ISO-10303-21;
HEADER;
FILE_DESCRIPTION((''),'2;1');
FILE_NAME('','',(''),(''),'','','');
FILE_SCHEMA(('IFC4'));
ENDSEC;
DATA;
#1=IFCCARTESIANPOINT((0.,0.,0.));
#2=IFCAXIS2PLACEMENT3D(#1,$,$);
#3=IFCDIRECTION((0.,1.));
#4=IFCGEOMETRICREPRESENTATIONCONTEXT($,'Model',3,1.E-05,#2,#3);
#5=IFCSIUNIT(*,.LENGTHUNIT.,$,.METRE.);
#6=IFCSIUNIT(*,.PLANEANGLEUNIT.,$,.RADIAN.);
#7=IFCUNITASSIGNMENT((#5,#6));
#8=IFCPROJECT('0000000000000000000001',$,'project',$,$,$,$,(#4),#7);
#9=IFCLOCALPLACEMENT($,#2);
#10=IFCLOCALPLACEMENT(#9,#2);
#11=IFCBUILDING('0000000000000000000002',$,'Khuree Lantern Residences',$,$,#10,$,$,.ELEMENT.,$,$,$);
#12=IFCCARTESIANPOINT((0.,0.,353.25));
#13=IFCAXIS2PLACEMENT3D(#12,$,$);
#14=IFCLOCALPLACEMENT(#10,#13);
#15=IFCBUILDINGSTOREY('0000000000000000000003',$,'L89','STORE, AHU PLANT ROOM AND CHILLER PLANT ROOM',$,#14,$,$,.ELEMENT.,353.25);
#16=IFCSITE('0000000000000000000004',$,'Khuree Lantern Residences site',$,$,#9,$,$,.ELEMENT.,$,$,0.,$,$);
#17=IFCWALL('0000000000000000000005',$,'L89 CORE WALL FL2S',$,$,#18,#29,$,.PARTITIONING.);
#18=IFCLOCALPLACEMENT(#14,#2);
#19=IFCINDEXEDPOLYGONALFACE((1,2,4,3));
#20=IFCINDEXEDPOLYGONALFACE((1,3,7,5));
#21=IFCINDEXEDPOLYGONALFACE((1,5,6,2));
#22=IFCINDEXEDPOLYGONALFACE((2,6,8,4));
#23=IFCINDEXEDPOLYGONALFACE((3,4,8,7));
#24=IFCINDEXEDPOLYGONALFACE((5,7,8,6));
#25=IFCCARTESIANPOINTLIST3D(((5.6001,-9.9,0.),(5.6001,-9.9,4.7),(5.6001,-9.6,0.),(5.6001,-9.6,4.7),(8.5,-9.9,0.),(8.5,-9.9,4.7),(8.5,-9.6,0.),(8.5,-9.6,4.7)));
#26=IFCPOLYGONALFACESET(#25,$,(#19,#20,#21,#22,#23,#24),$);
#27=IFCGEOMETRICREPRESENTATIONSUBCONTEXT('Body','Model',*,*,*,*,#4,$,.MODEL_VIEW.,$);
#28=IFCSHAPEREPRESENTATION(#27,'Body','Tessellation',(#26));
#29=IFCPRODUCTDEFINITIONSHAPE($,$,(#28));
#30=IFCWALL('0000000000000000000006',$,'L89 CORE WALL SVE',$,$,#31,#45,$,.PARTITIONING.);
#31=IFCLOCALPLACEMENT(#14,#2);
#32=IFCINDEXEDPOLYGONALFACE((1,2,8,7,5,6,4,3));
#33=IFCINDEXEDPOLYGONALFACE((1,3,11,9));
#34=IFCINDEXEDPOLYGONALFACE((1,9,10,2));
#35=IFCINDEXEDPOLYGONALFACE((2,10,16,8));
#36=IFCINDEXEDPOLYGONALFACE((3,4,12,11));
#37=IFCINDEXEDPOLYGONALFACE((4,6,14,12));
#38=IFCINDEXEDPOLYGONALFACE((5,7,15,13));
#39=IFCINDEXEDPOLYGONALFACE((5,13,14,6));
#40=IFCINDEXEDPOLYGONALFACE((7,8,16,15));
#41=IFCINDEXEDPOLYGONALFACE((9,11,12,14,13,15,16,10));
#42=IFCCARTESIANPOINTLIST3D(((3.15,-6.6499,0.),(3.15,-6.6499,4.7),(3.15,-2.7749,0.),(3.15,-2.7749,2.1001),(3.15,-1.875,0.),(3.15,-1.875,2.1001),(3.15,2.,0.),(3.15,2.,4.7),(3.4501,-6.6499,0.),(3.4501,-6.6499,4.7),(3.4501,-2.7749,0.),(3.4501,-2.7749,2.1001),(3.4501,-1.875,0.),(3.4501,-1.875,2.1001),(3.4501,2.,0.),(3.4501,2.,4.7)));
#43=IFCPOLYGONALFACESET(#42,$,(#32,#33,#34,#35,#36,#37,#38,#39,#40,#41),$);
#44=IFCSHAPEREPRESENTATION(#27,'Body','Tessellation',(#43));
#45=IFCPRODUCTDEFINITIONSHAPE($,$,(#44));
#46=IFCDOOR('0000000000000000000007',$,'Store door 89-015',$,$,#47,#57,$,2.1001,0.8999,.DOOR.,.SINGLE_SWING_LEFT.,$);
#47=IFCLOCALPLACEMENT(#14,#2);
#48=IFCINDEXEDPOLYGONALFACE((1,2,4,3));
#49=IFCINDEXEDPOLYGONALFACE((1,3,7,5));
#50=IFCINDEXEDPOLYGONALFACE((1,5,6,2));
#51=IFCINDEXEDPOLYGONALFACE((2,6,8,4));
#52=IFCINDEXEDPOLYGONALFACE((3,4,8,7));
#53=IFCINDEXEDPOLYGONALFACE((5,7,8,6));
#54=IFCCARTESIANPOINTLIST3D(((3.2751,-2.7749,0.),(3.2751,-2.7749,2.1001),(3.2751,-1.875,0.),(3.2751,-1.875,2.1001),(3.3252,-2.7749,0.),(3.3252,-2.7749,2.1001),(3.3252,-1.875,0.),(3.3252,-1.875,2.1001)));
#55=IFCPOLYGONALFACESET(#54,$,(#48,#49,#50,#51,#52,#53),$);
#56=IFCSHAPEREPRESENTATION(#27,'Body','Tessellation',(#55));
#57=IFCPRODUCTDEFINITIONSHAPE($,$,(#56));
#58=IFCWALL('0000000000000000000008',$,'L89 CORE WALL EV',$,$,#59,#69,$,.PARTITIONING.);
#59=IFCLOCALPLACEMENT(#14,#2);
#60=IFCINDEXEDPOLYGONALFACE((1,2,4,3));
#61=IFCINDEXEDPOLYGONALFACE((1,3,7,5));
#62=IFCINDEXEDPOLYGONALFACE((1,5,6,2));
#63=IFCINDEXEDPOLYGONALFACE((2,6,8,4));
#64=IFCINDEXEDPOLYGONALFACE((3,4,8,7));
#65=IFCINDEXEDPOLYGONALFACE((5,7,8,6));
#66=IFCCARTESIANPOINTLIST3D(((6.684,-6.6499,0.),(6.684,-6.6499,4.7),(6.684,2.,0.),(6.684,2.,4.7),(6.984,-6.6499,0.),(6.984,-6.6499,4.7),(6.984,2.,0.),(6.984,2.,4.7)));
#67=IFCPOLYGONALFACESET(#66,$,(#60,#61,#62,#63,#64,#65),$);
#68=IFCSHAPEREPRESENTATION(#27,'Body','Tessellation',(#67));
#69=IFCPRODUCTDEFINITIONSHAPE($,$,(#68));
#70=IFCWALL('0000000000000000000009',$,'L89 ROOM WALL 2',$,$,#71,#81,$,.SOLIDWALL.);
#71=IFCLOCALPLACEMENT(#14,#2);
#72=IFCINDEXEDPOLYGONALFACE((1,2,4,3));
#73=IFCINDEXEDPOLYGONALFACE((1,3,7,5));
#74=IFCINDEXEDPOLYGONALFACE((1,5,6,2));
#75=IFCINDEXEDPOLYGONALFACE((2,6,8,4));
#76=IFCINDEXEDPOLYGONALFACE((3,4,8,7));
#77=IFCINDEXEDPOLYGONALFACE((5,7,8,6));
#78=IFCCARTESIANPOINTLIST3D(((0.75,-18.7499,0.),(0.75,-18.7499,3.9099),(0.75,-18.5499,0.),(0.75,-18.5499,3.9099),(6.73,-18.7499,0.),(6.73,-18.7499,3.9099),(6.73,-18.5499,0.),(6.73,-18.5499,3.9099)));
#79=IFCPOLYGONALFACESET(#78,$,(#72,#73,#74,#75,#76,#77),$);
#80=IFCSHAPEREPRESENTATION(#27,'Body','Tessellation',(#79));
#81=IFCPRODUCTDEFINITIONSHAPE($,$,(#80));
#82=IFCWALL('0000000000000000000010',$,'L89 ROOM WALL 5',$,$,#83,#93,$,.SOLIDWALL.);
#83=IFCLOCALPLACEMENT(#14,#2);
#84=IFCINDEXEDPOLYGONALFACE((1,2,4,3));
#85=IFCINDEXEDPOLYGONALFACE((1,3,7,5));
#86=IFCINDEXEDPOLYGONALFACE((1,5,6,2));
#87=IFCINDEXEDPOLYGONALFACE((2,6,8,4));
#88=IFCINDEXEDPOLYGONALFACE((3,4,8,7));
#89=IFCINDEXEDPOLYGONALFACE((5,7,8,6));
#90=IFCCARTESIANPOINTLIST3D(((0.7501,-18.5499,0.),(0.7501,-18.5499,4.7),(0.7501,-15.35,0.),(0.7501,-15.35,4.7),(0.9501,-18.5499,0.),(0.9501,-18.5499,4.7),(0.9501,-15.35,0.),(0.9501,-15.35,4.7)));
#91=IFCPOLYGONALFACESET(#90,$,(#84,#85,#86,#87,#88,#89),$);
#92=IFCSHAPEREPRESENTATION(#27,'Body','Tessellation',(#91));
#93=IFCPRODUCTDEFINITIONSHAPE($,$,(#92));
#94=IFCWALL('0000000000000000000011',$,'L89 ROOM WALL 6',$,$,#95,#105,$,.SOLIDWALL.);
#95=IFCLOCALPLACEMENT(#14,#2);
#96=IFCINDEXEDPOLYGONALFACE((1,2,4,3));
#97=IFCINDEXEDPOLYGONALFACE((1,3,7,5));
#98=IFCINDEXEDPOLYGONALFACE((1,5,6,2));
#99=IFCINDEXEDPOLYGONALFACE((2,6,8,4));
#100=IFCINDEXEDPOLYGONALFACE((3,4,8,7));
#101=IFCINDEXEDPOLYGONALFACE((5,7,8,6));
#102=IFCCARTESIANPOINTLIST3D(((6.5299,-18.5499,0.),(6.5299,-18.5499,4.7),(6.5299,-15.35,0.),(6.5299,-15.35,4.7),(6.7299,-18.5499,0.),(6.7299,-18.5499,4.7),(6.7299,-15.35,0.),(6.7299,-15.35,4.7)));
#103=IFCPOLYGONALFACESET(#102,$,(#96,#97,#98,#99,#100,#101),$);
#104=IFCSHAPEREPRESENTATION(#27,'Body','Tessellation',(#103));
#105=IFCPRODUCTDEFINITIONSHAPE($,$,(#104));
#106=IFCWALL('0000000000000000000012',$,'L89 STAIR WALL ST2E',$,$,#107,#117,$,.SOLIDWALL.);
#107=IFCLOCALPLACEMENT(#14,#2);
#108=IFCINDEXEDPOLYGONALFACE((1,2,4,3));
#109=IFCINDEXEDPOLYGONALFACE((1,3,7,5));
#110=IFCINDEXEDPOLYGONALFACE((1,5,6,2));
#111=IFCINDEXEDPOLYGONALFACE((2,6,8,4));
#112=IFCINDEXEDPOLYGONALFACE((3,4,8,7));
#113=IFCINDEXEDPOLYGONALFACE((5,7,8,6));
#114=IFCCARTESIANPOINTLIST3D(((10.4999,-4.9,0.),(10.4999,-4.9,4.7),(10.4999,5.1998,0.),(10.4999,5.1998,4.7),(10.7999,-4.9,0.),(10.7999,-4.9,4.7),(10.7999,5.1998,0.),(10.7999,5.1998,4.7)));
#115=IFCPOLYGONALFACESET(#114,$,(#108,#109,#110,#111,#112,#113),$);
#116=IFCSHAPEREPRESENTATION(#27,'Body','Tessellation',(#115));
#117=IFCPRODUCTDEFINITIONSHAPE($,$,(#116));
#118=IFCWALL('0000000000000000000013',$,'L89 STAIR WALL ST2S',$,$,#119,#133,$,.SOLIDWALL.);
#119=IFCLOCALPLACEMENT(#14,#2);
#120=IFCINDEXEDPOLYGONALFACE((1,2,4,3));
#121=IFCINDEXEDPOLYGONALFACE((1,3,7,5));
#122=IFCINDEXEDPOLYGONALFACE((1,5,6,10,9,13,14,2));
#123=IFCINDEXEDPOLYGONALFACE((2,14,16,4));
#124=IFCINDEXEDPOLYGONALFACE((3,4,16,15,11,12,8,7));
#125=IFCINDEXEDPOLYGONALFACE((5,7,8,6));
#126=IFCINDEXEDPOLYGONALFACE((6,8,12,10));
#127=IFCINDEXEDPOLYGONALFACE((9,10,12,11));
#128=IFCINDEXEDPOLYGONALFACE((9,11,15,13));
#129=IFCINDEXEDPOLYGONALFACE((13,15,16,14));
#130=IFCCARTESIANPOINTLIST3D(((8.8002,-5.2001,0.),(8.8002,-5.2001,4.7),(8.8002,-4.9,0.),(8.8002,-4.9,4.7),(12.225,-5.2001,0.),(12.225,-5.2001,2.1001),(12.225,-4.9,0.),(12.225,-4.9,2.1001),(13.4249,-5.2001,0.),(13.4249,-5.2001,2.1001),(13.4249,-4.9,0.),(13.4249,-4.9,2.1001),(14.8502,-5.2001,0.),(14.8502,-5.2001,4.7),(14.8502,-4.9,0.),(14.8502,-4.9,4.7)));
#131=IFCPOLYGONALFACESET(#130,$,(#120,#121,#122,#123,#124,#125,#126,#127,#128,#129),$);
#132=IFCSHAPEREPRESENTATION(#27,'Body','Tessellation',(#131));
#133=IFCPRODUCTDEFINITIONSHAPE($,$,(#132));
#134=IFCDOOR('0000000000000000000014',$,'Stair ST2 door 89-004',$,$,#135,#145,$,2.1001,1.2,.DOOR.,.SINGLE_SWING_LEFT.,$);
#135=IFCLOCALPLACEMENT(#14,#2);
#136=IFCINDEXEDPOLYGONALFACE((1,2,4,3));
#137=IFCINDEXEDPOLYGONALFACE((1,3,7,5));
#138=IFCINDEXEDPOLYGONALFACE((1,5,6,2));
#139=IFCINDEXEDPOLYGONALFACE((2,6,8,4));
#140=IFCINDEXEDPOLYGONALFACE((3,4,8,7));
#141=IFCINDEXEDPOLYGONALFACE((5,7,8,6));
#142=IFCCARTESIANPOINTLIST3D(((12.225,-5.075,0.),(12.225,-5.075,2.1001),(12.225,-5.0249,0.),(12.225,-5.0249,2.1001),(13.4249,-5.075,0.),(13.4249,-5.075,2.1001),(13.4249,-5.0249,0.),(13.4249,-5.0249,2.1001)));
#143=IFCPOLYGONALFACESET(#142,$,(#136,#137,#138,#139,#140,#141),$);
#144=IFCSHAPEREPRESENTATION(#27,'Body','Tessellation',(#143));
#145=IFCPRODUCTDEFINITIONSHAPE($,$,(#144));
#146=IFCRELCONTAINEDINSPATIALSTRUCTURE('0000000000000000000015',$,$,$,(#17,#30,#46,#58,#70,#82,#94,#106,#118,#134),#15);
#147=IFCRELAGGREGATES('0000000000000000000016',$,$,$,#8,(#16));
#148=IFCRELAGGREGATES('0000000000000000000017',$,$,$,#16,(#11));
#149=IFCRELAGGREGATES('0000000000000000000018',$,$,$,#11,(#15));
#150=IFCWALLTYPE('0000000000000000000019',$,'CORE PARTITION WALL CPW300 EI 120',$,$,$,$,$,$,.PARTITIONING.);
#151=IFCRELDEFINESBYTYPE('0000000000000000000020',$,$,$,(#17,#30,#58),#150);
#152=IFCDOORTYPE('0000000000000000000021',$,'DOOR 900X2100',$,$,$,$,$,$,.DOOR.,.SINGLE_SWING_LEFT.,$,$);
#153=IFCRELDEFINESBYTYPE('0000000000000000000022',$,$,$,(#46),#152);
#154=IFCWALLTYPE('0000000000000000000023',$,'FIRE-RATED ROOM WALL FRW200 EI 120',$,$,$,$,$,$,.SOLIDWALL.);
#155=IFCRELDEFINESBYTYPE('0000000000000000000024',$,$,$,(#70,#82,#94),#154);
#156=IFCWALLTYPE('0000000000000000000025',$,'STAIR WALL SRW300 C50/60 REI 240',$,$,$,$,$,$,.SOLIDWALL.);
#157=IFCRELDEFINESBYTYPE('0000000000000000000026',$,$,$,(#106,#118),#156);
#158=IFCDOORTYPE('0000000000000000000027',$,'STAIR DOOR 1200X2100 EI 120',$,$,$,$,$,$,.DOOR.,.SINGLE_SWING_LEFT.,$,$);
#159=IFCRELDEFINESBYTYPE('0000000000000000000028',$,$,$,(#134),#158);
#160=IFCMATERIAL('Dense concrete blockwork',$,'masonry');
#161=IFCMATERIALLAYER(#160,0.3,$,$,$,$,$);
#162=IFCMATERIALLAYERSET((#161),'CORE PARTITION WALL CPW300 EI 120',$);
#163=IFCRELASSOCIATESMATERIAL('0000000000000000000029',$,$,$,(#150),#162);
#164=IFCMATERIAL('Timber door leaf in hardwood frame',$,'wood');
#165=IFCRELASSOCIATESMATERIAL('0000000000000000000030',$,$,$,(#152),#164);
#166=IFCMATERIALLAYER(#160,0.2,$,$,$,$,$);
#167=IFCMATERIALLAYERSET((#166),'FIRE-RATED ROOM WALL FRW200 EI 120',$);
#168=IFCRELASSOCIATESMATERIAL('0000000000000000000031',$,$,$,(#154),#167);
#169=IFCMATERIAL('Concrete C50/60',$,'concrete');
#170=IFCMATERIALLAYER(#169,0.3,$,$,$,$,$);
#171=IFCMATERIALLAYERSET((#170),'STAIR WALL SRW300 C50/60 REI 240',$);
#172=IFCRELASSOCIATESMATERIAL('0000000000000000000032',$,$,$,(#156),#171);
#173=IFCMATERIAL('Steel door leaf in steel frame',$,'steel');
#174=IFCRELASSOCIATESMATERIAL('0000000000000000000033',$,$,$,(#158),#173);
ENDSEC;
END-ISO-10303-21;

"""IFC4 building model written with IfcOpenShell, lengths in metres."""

from ifc_helpers import new_model, si_unit, direction, frame, frame_2d, origin, place, context, subcontext, project, spatial, rectangle, extrude, material, layer, layer_set, type_object, element, fill, save


model = new_model("IFC4")

# Units and contexts
model_context = context("Model", 3, precision=1e-05, world=origin(), true_north=direction((0.0, 1.0)))
body_context = subcontext(model_context, "Body", "Model", "MODEL_VIEW")
ifc_project = project(units=[si_unit("LENGTHUNIT", "METRE"), si_unit("PLANEANGLEUNIT", "RADIAN")], contexts=[model_context])

# Site, building, storey
site_placement = place(None, origin())
site = spatial("IfcSite", under=ifc_project, at=site_placement, Name="Khuree Lantern Residences site", CompositionType="ELEMENT", RefElevation=0.0)
building_placement = place(site_placement, origin())
building = spatial("IfcBuilding", under=site, at=building_placement, Name="Khuree Lantern Residences", CompositionType="ELEMENT")
storey_placement = place(building_placement, frame((0.0, 0.0, 353.25)))
storey = spatial("IfcBuildingStorey", under=building, at=storey_placement, Name="L89", Description="STORE, AHU PLANT ROOM AND CHILLER PLANT ROOM", CompositionType="ELEMENT", Elevation=353.25)

# Shared definitions
ifc_material_1 = material(Name="Dense concrete blockwork", Category="masonry")
ifc_layer_1 = layer(ifc_material_1, 0.3)
ifc_layer_set_1 = layer_set([ifc_layer_1], Name="CORE PARTITION WALL CPW300 EI 120")
wall_type_1 = type_object("IfcWallType", Name="CORE PARTITION WALL CPW300 EI 120", PredefinedType="PARTITIONING", material=ifc_layer_set_1)

# Wall
wall_1_placement = place(storey_placement, frame((5.6001, -9.75, 0.0), z_axis=(0.0, 0.0, 1.0), x_axis=(1.0, 0.0, 0.0)))
element("IfcWall", 1, at=wall_1_placement, inside=storey, type_object=wall_type_1, Name="L89 CORE WALL FL2S", PredefinedType="PARTITIONING", context=body_context, shape_type="SweptSolid", body=[
    extrude(rectangle(XDim=2.8999, YDim=0.3, at=frame_2d((1.45, 0.0))), origin(), (0.0, 0.0, 1.0), 4.7),
])

# Wall, opening, door
wall_2_placement = place(storey_placement, frame((3.3, -6.6499, 0.0), z_axis=(0.0, 0.0, 1.0), x_axis=(0.0, 1.0, 0.0)))
wall_2 = element("IfcWall", 2, at=wall_2_placement, inside=storey, type_object=wall_type_1, Name="L89 CORE WALL SVE", PredefinedType="PARTITIONING", context=body_context, shape_type="SweptSolid", body=[
    extrude(rectangle(XDim=8.6499, YDim=0.3, at=frame_2d((4.325, 0.0))), origin(), (0.0, 0.0, 1.0), 4.7),
])
opening_1_placement = place(wall_2_placement, frame((3.875, 0.0, 0.0)))
opening_1 = element("IfcOpeningElement", 3, at=opening_1_placement, cuts=wall_2, PredefinedType="OPENING", context=body_context, shape_type="SweptSolid", body=[
    extrude(rectangle(XDim=0.8999, YDim=2.1001, at=frame_2d((0.45, 1.05))), frame((0.0, 0.1602, 0.0), z_axis=(0.0, -1.0, 0.0), x_axis=(1.0, 0.0, 0.0)), (0.0, 0.0, 1.0), 0.3201),
])
ifc_material_2 = material(Name="Timber door leaf in hardwood frame", Category="wood")
door_type_1 = type_object("IfcDoorType", Name="DOOR 900X2100", OperationType="SINGLE_SWING_LEFT", PredefinedType="DOOR", material=ifc_material_2)
door_1_placement = place(opening_1_placement, origin())
door_1 = element("IfcDoor", 4, at=door_1_placement, inside=storey, type_object=door_type_1, Name="Store door 89-015", OperationType="SINGLE_SWING_LEFT", OverallHeight=2.1001, OverallWidth=0.8999, PredefinedType="DOOR", context=body_context, shape_type="SweptSolid", body=[
    extrude(rectangle(XDim=0.8999, YDim=2.1001, at=frame_2d((0.45, 1.05))), frame((0.0, 0.0249, 0.0), z_axis=(0.0, -1.0, 0.0), x_axis=(1.0, 0.0, 0.0)), (0.0, 0.0, 1.0), 0.05),
])
fill(opening_1, door_1)

# Walls
wall_3_placement = place(storey_placement, frame((6.834, -6.6499, 0.0), z_axis=(0.0, 0.0, 1.0), x_axis=(0.0, 1.0, 0.0)))
element("IfcWall", 5, at=wall_3_placement, inside=storey, type_object=wall_type_1, Name="L89 CORE WALL EV", PredefinedType="PARTITIONING", context=body_context, shape_type="SweptSolid", body=[
    extrude(rectangle(XDim=8.6499, YDim=0.3, at=frame_2d((4.325, 0.0))), origin(), (0.0, 0.0, 1.0), 4.7),
])
ifc_layer_2 = layer(ifc_material_1, 0.2)
ifc_layer_set_2 = layer_set([ifc_layer_2], Name="FIRE-RATED ROOM WALL FRW200 EI 120")
wall_type_2 = type_object("IfcWallType", Name="FIRE-RATED ROOM WALL FRW200 EI 120", PredefinedType="SOLIDWALL", material=ifc_layer_set_2)
wall_4_placement = place(storey_placement, frame((0.75, -18.6499, 0.0), z_axis=(0.0, 0.0, 1.0), x_axis=(1.0, 0.0, 0.0)))
element("IfcWall", 6, at=wall_4_placement, inside=storey, type_object=wall_type_2, Name="L89 ROOM WALL 2", PredefinedType="SOLIDWALL", context=body_context, shape_type="SweptSolid", body=[
    extrude(rectangle(XDim=5.98, YDim=0.2, at=frame_2d((2.99, 0.0))), origin(), (0.0, 0.0, 1.0), 3.9099),
])
for number, where, z_axis, x_axis, name in (
    (7, (0.8501, -18.55, 0.0), (0.0, 0.0, 1.0), (0.0, 1.0, 0.0), "L89 ROOM WALL 5"),
    (8, (6.6299, -18.55, 0.0), (0.0, 0.0, 1.0), (0.0, 1.0, 0.0), "L89 ROOM WALL 6"),
):
    element("IfcWall", number, at=place(storey_placement, frame(where, z_axis=z_axis, x_axis=x_axis)), inside=storey, type_object=wall_type_2, Name=name, PredefinedType="SOLIDWALL", context=body_context, shape_type="SweptSolid", body=[
        extrude(rectangle(XDim=3.2, YDim=0.2, at=frame_2d((1.6001, 0.0))), origin(), (0.0, 0.0, 1.0), 4.7),
    ])

# Shared definitions
ifc_material_3 = material(Name="Steel door leaf in steel frame", Category="steel")

# Wall
ifc_material_4 = material(Name="Concrete C50/60", Category="concrete")
ifc_layer_3 = layer(ifc_material_4, 0.3)
ifc_layer_set_3 = layer_set([ifc_layer_3], Name="STAIR WALL SRW300 C50/60 REI 240")
wall_type_3 = type_object("IfcWallType", Name="STAIR WALL SRW300 C50/60 REI 240", PredefinedType="SOLIDWALL", material=ifc_layer_set_3)
wall_5_placement = place(storey_placement, frame((10.6499, -4.8999, 0.0), z_axis=(0.0, 0.0, 1.0), x_axis=(0.0, 1.0, 0.0)))
element("IfcWall", 9, at=wall_5_placement, inside=storey, type_object=wall_type_3, Name="L89 STAIR WALL ST2E", PredefinedType="SOLIDWALL", context=body_context, shape_type="SweptSolid", body=[
    extrude(rectangle(XDim=10.0999, YDim=0.3, at=frame_2d((5.0498, 0.0))), origin(), (0.0, 0.0, 1.0), 4.7),
])

# Wall, opening, door
wall_6_placement = place(storey_placement, frame((14.8501, -5.05, 0.0), z_axis=(0.0, 0.0, 1.0), x_axis=(-1.0, 0.0, 0.0)))
wall_6 = element("IfcWall", 10, at=wall_6_placement, inside=storey, type_object=wall_type_3, Name="L89 STAIR WALL ST2S", PredefinedType="SOLIDWALL", context=body_context, shape_type="SweptSolid", body=[
    extrude(rectangle(XDim=6.05, YDim=0.3, at=frame_2d((3.0249, 0.0))), origin(), (0.0, 0.0, 1.0), 4.7),
])
opening_2_placement = place(wall_6_placement, frame((1.425, 0.0, 0.0)))
opening_2 = element("IfcOpeningElement", 11, at=opening_2_placement, cuts=wall_6, PredefinedType="OPENING", context=body_context, shape_type="SweptSolid", body=[
    extrude(rectangle(XDim=1.2, YDim=2.1001, at=frame_2d((0.6001, 1.05))), frame((0.0, 0.1602, 0.0), z_axis=(0.0, -1.0, 0.0), x_axis=(1.0, 0.0, 0.0)), (0.0, 0.0, 1.0), 0.3201),
])
door_type_2 = type_object("IfcDoorType", Name="STAIR DOOR 1200X2100 EI 120", OperationType="SINGLE_SWING_LEFT", PredefinedType="DOOR", material=ifc_material_3)
door_2_placement = place(opening_2_placement, origin())
door_2 = element("IfcDoor", 12, at=door_2_placement, inside=storey, type_object=door_type_2, Name="Stair ST2 door 89-004", OperationType="SINGLE_SWING_LEFT", OverallHeight=2.1001, OverallWidth=1.2, PredefinedType="DOOR", context=body_context, shape_type="SweptSolid", body=[
    extrude(rectangle(XDim=1.2, YDim=2.1001, at=frame_2d((0.6001, 1.05))), frame((0.0, 0.0249, 0.0), z_axis=(0.0, -1.0, 0.0), x_axis=(1.0, 0.0, 0.0)), (0.0, 0.0, 1.0), 0.05),
])
fill(opening_2, door_2)

save(model, "model.ifc")
